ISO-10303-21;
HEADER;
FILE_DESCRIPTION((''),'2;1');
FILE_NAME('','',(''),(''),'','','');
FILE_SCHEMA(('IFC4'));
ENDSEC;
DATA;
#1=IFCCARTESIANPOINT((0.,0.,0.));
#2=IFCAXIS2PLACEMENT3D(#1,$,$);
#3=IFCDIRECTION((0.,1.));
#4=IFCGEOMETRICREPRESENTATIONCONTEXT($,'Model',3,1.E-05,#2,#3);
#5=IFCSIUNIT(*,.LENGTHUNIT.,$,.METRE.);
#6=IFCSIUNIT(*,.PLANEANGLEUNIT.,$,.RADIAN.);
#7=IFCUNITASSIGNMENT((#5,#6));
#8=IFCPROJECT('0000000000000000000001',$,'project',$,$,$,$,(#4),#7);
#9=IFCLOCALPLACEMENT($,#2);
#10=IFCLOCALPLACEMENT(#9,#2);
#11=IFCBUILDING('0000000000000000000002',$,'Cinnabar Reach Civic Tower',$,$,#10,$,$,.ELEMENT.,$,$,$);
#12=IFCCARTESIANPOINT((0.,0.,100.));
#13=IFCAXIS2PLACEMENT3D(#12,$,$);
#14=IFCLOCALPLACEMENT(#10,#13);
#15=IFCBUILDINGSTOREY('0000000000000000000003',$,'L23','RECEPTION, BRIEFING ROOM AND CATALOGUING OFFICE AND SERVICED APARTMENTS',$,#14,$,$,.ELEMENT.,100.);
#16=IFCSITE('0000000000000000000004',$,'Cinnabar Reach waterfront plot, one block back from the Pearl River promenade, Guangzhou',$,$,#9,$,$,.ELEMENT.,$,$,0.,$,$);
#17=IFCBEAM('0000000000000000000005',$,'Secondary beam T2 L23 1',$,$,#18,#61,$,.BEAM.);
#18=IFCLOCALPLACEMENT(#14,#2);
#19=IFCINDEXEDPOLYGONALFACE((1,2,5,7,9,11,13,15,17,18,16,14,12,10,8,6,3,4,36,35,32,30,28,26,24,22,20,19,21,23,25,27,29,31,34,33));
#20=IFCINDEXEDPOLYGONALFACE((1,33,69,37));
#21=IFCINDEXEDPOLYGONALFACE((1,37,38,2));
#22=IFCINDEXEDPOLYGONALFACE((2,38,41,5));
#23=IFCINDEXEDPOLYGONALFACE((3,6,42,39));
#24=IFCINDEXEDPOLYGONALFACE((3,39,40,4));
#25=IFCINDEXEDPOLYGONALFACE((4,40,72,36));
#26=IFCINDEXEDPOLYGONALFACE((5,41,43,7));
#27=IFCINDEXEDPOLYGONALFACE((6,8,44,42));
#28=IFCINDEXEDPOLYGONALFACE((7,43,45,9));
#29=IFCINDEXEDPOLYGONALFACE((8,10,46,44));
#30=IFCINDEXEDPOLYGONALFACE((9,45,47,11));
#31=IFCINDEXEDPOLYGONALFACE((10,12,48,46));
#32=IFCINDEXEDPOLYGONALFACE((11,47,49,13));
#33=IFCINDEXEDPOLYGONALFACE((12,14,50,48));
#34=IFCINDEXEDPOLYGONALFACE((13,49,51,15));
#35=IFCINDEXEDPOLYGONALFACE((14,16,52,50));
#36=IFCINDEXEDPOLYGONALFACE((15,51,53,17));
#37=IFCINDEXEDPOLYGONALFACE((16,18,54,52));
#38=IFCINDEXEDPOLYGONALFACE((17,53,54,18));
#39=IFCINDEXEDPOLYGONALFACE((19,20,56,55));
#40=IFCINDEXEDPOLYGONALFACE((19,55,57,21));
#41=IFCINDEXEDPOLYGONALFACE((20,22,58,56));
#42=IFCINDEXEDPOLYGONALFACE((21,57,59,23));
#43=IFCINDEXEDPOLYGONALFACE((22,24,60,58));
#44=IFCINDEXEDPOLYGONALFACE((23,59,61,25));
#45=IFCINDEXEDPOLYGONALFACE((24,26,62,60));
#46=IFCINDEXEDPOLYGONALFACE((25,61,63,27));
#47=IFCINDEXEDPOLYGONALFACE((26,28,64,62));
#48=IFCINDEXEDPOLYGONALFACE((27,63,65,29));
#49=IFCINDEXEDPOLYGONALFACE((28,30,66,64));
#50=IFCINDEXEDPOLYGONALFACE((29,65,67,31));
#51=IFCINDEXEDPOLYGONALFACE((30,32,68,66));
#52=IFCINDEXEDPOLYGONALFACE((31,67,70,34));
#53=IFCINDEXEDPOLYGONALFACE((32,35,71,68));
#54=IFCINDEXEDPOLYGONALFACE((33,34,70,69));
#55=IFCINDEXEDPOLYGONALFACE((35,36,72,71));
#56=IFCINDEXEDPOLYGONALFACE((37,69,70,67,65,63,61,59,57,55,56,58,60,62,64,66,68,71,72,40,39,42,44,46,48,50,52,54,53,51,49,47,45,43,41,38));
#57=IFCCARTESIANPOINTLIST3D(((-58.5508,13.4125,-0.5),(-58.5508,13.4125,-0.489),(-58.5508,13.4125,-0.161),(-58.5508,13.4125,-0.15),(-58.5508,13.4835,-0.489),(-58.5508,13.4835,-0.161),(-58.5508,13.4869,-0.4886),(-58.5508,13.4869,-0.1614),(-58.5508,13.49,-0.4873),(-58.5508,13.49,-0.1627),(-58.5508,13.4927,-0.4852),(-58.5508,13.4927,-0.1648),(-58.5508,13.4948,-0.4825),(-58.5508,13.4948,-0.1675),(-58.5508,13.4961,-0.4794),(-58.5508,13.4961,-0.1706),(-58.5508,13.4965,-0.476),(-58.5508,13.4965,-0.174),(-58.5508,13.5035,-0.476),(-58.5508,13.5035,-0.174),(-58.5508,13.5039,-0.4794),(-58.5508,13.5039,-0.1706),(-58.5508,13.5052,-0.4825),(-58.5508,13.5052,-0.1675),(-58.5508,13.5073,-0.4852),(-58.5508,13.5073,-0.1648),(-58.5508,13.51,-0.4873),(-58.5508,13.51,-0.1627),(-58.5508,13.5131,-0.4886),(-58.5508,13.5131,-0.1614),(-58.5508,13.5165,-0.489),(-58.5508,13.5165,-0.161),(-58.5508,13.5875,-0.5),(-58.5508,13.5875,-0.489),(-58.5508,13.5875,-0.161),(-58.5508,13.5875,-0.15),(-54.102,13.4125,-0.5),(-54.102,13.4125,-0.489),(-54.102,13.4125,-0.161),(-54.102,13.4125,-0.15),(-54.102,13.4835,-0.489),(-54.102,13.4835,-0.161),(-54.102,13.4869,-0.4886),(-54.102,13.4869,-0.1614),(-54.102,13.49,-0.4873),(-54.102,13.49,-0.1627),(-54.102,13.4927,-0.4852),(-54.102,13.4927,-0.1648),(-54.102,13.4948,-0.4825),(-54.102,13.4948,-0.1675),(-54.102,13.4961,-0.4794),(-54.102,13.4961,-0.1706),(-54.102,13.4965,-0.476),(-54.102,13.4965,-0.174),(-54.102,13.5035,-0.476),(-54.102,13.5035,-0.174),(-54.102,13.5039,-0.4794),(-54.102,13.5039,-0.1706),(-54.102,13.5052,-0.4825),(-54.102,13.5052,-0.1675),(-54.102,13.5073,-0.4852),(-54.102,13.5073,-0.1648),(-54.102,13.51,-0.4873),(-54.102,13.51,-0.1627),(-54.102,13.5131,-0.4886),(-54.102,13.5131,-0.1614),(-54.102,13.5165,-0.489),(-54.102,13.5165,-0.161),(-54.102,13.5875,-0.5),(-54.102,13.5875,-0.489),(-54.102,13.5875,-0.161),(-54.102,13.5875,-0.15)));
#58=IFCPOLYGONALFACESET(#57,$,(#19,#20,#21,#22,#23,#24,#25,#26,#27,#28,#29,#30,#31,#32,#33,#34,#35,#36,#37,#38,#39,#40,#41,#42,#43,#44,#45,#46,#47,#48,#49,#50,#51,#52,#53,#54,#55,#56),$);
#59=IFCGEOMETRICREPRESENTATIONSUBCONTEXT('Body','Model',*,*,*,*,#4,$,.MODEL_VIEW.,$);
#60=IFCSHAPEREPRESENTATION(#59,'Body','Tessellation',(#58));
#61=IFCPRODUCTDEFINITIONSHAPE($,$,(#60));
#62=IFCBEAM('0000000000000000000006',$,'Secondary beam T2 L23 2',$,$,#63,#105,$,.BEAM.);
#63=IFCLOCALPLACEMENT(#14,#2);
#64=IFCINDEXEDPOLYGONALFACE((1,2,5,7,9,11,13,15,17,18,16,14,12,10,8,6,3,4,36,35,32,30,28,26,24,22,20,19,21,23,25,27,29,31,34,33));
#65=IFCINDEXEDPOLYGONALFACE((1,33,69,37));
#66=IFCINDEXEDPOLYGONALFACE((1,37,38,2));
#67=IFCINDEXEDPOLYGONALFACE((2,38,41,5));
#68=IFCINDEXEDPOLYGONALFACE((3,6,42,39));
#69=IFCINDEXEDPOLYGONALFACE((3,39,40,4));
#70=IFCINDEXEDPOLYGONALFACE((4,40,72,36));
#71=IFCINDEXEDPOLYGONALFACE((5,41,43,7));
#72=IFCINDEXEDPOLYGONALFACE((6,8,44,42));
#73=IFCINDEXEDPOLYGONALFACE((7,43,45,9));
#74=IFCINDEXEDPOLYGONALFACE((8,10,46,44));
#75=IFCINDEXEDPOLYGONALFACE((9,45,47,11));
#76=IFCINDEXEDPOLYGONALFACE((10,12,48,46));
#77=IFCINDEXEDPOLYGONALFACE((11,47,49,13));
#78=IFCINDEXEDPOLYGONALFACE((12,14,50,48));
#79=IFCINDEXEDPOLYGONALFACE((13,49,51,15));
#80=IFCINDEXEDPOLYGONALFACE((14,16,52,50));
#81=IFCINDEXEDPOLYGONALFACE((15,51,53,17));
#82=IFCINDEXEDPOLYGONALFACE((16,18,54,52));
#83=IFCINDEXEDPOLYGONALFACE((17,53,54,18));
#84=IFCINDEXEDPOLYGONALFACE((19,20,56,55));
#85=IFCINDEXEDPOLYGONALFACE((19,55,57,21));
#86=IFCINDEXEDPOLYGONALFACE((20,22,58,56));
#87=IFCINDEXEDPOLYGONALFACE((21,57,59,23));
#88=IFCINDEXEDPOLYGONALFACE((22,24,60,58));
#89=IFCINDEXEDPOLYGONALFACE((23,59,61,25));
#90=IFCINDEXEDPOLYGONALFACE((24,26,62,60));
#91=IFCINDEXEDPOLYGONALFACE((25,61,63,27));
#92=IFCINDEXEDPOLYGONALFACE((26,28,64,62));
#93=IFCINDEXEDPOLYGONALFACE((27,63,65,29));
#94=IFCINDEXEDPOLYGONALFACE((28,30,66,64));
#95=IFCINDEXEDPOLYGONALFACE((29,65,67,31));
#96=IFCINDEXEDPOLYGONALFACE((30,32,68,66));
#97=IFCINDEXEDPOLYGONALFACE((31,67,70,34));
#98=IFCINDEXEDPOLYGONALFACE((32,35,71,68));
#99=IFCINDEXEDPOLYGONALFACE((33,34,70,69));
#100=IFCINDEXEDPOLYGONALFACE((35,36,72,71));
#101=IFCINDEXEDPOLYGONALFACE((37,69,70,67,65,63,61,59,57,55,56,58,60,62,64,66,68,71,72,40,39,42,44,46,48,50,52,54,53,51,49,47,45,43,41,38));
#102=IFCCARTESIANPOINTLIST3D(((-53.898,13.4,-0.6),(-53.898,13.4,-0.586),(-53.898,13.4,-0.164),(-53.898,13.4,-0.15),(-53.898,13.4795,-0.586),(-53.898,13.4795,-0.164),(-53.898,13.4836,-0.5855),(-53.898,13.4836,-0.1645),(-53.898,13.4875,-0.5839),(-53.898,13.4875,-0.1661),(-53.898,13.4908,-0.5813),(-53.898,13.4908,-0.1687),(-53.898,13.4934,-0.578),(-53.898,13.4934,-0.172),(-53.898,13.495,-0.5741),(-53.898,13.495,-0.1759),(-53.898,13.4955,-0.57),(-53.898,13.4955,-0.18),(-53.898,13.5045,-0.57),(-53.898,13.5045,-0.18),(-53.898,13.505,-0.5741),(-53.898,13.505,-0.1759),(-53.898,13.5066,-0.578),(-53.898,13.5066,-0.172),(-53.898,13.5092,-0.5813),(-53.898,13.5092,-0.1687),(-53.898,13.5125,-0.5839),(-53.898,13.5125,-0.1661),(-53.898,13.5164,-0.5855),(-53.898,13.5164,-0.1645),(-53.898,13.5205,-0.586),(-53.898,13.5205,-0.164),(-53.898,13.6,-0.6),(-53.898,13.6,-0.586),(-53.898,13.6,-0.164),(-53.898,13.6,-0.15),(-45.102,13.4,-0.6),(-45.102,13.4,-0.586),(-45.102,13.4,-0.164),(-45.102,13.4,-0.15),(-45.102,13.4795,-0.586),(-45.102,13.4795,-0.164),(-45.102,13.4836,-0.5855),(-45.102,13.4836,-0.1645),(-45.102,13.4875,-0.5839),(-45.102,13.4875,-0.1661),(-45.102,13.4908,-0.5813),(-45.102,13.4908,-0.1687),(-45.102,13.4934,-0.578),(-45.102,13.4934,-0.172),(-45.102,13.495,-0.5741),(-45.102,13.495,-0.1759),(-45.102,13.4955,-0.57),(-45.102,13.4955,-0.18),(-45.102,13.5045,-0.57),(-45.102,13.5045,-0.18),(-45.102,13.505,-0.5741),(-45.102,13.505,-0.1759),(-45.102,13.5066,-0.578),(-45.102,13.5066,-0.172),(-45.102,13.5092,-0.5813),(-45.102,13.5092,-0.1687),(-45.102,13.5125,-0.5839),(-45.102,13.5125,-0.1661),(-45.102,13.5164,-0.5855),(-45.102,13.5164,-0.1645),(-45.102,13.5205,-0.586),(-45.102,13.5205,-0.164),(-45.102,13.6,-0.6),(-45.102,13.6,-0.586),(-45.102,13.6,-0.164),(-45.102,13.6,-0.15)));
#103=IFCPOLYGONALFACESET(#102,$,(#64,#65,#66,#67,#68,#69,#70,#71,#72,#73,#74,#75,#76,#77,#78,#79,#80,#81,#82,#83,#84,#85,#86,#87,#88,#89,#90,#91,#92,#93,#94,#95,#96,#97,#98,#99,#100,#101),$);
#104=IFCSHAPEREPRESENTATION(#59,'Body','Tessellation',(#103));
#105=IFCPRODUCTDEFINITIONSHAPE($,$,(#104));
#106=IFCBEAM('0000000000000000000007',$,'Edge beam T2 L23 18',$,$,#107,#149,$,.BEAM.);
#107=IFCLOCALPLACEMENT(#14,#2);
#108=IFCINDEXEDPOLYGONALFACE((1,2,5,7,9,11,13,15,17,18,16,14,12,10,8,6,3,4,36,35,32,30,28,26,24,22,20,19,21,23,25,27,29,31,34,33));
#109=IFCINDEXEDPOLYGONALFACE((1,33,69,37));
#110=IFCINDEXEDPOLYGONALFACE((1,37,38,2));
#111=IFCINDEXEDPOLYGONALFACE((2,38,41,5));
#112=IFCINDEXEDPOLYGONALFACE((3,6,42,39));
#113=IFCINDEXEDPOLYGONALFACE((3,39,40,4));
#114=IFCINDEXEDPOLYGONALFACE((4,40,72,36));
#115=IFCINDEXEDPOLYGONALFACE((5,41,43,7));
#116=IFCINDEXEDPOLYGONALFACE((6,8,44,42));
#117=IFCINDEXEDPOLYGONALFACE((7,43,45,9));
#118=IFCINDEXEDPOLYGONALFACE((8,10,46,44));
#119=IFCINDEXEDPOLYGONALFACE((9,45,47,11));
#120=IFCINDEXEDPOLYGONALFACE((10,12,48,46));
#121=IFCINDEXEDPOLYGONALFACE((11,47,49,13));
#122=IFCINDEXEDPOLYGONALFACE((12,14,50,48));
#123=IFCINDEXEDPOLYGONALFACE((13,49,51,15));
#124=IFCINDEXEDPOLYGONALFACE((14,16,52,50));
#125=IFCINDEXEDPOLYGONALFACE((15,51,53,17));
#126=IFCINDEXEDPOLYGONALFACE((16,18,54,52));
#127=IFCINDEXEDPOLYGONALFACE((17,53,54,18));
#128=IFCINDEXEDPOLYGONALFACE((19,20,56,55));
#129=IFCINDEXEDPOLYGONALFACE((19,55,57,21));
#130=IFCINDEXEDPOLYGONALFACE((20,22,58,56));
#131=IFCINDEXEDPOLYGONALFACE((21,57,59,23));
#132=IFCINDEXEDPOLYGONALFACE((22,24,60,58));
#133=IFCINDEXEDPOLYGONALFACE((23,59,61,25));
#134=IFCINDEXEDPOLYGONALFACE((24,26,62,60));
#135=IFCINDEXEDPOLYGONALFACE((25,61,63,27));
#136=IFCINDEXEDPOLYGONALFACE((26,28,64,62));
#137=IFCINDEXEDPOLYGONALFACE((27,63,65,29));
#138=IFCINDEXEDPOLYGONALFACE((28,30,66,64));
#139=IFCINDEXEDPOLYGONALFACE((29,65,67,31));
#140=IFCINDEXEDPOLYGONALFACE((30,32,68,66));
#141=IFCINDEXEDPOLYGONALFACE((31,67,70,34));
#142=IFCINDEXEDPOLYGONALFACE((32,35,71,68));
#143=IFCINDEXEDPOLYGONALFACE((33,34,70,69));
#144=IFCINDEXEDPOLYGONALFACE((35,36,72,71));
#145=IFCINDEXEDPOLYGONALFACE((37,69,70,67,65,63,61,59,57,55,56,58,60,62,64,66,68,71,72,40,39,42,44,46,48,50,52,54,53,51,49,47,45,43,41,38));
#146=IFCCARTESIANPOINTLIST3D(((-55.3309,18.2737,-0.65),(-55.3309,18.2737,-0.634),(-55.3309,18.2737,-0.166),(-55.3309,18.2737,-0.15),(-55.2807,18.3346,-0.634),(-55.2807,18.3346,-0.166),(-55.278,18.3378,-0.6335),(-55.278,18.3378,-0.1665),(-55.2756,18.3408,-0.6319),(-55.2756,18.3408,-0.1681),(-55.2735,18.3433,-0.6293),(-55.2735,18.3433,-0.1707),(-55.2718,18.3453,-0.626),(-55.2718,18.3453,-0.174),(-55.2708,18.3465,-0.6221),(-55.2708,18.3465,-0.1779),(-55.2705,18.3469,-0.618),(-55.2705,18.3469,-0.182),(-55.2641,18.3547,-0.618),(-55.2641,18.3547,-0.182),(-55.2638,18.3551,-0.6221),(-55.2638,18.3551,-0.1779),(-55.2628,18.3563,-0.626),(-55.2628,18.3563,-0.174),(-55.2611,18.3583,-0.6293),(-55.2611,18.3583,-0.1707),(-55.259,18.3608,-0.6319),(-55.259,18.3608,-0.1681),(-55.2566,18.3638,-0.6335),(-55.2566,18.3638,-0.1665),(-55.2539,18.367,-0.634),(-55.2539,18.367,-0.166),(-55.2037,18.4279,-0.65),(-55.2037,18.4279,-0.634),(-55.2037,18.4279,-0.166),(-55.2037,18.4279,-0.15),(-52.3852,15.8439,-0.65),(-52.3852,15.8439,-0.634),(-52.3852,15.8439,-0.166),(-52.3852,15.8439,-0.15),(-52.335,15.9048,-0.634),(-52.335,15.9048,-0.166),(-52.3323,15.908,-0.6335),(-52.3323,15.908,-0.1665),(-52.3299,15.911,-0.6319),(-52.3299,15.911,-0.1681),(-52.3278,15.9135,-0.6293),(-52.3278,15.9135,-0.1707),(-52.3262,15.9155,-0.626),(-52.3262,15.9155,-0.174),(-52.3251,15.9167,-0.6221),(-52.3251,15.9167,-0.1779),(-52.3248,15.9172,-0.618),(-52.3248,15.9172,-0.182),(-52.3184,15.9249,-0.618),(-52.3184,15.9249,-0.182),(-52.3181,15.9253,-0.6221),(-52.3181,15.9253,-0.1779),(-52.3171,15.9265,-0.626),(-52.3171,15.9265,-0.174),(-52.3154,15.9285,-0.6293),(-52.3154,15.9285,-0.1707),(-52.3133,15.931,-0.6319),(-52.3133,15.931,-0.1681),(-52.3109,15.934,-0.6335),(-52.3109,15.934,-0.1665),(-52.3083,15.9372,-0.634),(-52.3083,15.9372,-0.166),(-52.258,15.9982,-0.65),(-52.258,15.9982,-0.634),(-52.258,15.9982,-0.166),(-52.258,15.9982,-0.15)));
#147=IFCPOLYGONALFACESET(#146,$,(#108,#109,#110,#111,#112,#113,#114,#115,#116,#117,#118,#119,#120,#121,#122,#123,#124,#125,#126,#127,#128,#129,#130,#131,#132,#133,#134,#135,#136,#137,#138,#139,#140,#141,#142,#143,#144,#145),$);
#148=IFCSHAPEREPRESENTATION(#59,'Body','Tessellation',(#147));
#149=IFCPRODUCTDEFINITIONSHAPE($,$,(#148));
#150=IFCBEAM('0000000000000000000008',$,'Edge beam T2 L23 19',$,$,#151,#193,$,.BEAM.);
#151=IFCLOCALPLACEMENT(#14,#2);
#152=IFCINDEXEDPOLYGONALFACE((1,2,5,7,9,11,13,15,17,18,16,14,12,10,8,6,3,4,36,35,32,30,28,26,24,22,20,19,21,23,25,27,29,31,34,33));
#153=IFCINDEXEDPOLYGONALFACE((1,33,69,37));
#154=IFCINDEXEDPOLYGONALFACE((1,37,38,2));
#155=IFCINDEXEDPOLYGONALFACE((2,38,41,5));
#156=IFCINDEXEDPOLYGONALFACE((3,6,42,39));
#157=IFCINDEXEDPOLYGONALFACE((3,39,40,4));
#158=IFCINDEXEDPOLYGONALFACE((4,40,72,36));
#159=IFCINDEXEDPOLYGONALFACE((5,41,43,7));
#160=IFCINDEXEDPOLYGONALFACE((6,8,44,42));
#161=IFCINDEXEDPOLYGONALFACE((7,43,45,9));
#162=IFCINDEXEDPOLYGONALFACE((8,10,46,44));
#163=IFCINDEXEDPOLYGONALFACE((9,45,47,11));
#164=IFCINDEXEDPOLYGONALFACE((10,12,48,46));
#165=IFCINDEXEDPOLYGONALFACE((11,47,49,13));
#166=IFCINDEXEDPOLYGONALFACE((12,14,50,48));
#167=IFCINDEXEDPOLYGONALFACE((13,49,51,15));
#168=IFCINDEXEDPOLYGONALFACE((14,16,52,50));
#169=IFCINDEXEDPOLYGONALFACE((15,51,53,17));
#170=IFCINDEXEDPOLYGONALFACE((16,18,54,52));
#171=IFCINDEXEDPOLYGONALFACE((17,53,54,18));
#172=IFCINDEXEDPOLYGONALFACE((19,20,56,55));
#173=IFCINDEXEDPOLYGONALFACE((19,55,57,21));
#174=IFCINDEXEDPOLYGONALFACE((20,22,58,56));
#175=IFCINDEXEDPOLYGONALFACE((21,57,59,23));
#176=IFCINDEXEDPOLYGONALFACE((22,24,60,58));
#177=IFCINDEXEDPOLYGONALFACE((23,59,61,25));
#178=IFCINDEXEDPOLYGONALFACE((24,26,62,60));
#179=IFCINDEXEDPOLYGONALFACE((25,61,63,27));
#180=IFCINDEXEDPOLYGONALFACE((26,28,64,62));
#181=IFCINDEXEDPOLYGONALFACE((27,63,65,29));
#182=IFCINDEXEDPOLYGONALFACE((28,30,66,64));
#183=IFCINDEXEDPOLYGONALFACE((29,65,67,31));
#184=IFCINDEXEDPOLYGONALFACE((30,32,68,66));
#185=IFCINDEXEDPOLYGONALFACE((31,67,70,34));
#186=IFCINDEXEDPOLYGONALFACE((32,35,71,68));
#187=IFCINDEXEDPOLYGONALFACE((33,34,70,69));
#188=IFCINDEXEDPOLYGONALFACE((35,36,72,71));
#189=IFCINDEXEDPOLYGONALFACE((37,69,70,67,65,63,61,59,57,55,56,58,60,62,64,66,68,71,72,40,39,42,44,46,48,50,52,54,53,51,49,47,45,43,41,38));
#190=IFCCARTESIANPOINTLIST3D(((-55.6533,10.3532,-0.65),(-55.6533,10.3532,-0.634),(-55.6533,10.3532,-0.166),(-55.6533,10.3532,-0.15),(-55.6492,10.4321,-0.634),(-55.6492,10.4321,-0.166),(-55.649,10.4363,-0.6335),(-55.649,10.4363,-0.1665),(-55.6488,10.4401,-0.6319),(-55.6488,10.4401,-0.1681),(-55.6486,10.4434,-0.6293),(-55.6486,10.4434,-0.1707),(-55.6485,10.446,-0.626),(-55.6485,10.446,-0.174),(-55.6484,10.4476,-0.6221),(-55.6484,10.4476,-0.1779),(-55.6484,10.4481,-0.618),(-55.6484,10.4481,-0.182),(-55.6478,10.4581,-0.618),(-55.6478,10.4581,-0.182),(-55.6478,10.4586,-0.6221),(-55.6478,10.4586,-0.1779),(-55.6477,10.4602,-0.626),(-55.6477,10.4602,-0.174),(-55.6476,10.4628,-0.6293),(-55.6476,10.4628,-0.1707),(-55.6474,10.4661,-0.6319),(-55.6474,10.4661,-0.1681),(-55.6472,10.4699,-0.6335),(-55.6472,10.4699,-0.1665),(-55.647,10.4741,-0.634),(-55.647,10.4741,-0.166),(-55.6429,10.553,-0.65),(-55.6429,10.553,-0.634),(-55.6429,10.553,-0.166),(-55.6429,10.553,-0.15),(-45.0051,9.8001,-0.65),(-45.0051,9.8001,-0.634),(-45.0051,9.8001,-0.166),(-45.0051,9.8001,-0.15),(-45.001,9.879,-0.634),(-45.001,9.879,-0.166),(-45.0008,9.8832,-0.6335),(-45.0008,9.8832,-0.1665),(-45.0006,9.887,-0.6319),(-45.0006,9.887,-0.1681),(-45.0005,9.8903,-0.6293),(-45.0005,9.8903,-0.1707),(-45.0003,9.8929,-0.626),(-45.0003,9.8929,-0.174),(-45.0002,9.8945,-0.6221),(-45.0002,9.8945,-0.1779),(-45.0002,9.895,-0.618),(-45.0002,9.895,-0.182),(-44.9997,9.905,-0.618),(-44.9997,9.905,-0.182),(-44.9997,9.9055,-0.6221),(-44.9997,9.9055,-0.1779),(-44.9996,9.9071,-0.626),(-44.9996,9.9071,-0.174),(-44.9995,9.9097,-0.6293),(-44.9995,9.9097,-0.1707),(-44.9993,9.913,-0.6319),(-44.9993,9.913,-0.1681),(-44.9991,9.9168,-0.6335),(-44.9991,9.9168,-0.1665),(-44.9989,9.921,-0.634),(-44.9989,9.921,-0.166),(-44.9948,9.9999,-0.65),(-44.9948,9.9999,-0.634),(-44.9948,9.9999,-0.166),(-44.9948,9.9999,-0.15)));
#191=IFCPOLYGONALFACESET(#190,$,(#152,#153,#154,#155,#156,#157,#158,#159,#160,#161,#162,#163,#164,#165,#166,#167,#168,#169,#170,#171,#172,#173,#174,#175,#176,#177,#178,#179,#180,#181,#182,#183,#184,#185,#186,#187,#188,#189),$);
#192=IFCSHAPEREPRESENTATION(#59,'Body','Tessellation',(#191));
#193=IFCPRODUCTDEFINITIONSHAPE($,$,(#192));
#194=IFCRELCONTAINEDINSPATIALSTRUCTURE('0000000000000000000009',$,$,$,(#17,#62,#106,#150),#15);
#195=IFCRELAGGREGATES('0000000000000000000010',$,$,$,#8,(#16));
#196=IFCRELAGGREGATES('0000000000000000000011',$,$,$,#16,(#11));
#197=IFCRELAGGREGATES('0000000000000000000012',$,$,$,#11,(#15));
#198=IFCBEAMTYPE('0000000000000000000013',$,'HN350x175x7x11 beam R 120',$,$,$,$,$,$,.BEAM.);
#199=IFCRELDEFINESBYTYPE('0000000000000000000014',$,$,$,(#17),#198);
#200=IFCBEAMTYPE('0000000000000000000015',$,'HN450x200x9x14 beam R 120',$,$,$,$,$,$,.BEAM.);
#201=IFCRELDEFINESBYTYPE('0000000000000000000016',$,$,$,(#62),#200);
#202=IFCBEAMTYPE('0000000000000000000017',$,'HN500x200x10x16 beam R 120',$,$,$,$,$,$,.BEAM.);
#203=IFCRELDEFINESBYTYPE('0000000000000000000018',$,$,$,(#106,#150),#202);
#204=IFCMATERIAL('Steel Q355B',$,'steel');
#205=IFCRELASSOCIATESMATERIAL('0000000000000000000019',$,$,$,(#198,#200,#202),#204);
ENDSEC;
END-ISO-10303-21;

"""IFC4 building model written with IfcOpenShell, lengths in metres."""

from ifc_helpers import new_model, si_unit, direction, frame, origin, origin_2d, place, context, subcontext, project, spatial, i_section, extrude, material, material_profile, profile_set, type_object, element, save


model = new_model("IFC4")

# Units and contexts
model_context = context("Model", 3, precision=1e-05, world=origin(), true_north=direction((0.0, 1.0)))
body_context = subcontext(model_context, "Body", "Model", "MODEL_VIEW")
ifc_project = project(units=[si_unit("LENGTHUNIT", "METRE"), si_unit("PLANEANGLEUNIT", "RADIAN")], contexts=[model_context])

# Site, building, storey
site_placement = place(None, origin())
site = spatial("IfcSite", under=ifc_project, at=site_placement, Name="Cinnabar Reach waterfront plot, one block back from the Pearl River promenade, Guangzhou", CompositionType="ELEMENT", RefElevation=0.0)
building_placement = place(site_placement, origin())
building = spatial("IfcBuilding", under=site, at=building_placement, Name="Cinnabar Reach Civic Tower", CompositionType="ELEMENT")
storey_placement = place(building_placement, frame((0.0, 0.0, 100.0)))
storey = spatial("IfcBuildingStorey", under=building, at=storey_placement, Name="L23", Description="RECEPTION, BRIEFING ROOM AND CATALOGUING OFFICE AND SERVICED APARTMENTS", CompositionType="ELEMENT", Elevation=100.0)

# Beams
ifc_material_1 = material(Name="Steel Q355B", Category="steel")
ifc_material_profile_1 = material_profile(ifc_material_1, i_section(OverallWidth=0.175, OverallDepth=0.35, WebThickness=0.007, FlangeThickness=0.011, FilletRadius=0.013, at=origin_2d()), Name="HN350x175x7x11")
ifc_profile_set_1 = profile_set([ifc_material_profile_1], Name="Steel Q355B")
beam_type_1 = type_object("IfcBeamType", Name="HN350x175x7x11 beam R 120", PredefinedType="BEAM", material=ifc_profile_set_1)
beam_1_placement = place(storey_placement, frame((-58.5508, 13.5, -0.325), z_axis=(1.0, 0.0, 0.0), x_axis=(0.0, 1.0, 0.0)))
element("IfcBeam", 1, at=beam_1_placement, inside=storey, type_object=beam_type_1, Name="Secondary beam T2 L23 1", PredefinedType="BEAM", context=body_context, shape_type="SweptSolid", body=[
    extrude(i_section(OverallWidth=0.175, OverallDepth=0.35, WebThickness=0.007, FlangeThickness=0.011, FilletRadius=0.013, at=origin_2d()), origin(), (0.0, 0.0, 1.0), 4.4488),
])
ifc_material_profile_2 = material_profile(ifc_material_1, i_section(OverallWidth=0.2, OverallDepth=0.45, WebThickness=0.009, FlangeThickness=0.014, FilletRadius=0.016, at=origin_2d()), Name="HN450x200x9x14")
ifc_profile_set_2 = profile_set([ifc_material_profile_2], Name="Steel Q355B")
beam_type_2 = type_object("IfcBeamType", Name="HN450x200x9x14 beam R 120", PredefinedType="BEAM", material=ifc_profile_set_2)
beam_2_placement = place(storey_placement, frame((-53.898, 13.5, -0.375), z_axis=(1.0, 0.0, 0.0), x_axis=(0.0, 1.0, 0.0)))
element("IfcBeam", 2, at=beam_2_placement, inside=storey, type_object=beam_type_2, Name="Secondary beam T2 L23 2", PredefinedType="BEAM", context=body_context, shape_type="SweptSolid", body=[
    extrude(i_section(OverallWidth=0.2, OverallDepth=0.45, WebThickness=0.009, FlangeThickness=0.014, FilletRadius=0.016, at=origin_2d()), origin(), (0.0, 0.0, 1.0), 8.796),
])
ifc_material_profile_3 = material_profile(ifc_material_1, i_section(OverallWidth=0.2, OverallDepth=0.5, WebThickness=0.01, FlangeThickness=0.016, FilletRadius=0.016, at=origin_2d()), Name="HN500x200x10x16")
ifc_profile_set_3 = profile_set([ifc_material_profile_3], Name="Steel Q355B")
beam_type_3 = type_object("IfcBeamType", Name="HN500x200x10x16 beam R 120", PredefinedType="BEAM", material=ifc_profile_set_3)
beam_3_placement = place(storey_placement, frame((-55.2673, 18.3508, -0.4), z_axis=(0.771425, -0.63632, 0.0), x_axis=(0.63632, 0.771425, 0.0)))
element("IfcBeam", 3, at=beam_3_placement, inside=storey, type_object=beam_type_3, Name="Edge beam T2 L23 18", PredefinedType="BEAM", context=body_context, shape_type="SweptSolid", body=[
    extrude(i_section(OverallWidth=0.2, OverallDepth=0.5, WebThickness=0.01, FlangeThickness=0.016, FilletRadius=0.016, at=origin_2d()), origin(), (0.0, 0.0, 1.0), 3.8185),
])
beam_4_placement = place(storey_placement, frame((-55.6481, 10.4531, -0.4), z_axis=(0.998654, -0.051874, 0.0), x_axis=(0.051874, 0.998654, 0.0)))
element("IfcBeam", 4, at=beam_4_placement, inside=storey, type_object=beam_type_3, Name="Edge beam T2 L23 19", PredefinedType="BEAM", context=body_context, shape_type="SweptSolid", body=[
    extrude(i_section(OverallWidth=0.2, OverallDepth=0.5, WebThickness=0.01, FlangeThickness=0.016, FilletRadius=0.016, at=origin_2d()), origin(), (0.0, 0.0, 1.0), 10.6625),
])

save(model, "model.ifc")
